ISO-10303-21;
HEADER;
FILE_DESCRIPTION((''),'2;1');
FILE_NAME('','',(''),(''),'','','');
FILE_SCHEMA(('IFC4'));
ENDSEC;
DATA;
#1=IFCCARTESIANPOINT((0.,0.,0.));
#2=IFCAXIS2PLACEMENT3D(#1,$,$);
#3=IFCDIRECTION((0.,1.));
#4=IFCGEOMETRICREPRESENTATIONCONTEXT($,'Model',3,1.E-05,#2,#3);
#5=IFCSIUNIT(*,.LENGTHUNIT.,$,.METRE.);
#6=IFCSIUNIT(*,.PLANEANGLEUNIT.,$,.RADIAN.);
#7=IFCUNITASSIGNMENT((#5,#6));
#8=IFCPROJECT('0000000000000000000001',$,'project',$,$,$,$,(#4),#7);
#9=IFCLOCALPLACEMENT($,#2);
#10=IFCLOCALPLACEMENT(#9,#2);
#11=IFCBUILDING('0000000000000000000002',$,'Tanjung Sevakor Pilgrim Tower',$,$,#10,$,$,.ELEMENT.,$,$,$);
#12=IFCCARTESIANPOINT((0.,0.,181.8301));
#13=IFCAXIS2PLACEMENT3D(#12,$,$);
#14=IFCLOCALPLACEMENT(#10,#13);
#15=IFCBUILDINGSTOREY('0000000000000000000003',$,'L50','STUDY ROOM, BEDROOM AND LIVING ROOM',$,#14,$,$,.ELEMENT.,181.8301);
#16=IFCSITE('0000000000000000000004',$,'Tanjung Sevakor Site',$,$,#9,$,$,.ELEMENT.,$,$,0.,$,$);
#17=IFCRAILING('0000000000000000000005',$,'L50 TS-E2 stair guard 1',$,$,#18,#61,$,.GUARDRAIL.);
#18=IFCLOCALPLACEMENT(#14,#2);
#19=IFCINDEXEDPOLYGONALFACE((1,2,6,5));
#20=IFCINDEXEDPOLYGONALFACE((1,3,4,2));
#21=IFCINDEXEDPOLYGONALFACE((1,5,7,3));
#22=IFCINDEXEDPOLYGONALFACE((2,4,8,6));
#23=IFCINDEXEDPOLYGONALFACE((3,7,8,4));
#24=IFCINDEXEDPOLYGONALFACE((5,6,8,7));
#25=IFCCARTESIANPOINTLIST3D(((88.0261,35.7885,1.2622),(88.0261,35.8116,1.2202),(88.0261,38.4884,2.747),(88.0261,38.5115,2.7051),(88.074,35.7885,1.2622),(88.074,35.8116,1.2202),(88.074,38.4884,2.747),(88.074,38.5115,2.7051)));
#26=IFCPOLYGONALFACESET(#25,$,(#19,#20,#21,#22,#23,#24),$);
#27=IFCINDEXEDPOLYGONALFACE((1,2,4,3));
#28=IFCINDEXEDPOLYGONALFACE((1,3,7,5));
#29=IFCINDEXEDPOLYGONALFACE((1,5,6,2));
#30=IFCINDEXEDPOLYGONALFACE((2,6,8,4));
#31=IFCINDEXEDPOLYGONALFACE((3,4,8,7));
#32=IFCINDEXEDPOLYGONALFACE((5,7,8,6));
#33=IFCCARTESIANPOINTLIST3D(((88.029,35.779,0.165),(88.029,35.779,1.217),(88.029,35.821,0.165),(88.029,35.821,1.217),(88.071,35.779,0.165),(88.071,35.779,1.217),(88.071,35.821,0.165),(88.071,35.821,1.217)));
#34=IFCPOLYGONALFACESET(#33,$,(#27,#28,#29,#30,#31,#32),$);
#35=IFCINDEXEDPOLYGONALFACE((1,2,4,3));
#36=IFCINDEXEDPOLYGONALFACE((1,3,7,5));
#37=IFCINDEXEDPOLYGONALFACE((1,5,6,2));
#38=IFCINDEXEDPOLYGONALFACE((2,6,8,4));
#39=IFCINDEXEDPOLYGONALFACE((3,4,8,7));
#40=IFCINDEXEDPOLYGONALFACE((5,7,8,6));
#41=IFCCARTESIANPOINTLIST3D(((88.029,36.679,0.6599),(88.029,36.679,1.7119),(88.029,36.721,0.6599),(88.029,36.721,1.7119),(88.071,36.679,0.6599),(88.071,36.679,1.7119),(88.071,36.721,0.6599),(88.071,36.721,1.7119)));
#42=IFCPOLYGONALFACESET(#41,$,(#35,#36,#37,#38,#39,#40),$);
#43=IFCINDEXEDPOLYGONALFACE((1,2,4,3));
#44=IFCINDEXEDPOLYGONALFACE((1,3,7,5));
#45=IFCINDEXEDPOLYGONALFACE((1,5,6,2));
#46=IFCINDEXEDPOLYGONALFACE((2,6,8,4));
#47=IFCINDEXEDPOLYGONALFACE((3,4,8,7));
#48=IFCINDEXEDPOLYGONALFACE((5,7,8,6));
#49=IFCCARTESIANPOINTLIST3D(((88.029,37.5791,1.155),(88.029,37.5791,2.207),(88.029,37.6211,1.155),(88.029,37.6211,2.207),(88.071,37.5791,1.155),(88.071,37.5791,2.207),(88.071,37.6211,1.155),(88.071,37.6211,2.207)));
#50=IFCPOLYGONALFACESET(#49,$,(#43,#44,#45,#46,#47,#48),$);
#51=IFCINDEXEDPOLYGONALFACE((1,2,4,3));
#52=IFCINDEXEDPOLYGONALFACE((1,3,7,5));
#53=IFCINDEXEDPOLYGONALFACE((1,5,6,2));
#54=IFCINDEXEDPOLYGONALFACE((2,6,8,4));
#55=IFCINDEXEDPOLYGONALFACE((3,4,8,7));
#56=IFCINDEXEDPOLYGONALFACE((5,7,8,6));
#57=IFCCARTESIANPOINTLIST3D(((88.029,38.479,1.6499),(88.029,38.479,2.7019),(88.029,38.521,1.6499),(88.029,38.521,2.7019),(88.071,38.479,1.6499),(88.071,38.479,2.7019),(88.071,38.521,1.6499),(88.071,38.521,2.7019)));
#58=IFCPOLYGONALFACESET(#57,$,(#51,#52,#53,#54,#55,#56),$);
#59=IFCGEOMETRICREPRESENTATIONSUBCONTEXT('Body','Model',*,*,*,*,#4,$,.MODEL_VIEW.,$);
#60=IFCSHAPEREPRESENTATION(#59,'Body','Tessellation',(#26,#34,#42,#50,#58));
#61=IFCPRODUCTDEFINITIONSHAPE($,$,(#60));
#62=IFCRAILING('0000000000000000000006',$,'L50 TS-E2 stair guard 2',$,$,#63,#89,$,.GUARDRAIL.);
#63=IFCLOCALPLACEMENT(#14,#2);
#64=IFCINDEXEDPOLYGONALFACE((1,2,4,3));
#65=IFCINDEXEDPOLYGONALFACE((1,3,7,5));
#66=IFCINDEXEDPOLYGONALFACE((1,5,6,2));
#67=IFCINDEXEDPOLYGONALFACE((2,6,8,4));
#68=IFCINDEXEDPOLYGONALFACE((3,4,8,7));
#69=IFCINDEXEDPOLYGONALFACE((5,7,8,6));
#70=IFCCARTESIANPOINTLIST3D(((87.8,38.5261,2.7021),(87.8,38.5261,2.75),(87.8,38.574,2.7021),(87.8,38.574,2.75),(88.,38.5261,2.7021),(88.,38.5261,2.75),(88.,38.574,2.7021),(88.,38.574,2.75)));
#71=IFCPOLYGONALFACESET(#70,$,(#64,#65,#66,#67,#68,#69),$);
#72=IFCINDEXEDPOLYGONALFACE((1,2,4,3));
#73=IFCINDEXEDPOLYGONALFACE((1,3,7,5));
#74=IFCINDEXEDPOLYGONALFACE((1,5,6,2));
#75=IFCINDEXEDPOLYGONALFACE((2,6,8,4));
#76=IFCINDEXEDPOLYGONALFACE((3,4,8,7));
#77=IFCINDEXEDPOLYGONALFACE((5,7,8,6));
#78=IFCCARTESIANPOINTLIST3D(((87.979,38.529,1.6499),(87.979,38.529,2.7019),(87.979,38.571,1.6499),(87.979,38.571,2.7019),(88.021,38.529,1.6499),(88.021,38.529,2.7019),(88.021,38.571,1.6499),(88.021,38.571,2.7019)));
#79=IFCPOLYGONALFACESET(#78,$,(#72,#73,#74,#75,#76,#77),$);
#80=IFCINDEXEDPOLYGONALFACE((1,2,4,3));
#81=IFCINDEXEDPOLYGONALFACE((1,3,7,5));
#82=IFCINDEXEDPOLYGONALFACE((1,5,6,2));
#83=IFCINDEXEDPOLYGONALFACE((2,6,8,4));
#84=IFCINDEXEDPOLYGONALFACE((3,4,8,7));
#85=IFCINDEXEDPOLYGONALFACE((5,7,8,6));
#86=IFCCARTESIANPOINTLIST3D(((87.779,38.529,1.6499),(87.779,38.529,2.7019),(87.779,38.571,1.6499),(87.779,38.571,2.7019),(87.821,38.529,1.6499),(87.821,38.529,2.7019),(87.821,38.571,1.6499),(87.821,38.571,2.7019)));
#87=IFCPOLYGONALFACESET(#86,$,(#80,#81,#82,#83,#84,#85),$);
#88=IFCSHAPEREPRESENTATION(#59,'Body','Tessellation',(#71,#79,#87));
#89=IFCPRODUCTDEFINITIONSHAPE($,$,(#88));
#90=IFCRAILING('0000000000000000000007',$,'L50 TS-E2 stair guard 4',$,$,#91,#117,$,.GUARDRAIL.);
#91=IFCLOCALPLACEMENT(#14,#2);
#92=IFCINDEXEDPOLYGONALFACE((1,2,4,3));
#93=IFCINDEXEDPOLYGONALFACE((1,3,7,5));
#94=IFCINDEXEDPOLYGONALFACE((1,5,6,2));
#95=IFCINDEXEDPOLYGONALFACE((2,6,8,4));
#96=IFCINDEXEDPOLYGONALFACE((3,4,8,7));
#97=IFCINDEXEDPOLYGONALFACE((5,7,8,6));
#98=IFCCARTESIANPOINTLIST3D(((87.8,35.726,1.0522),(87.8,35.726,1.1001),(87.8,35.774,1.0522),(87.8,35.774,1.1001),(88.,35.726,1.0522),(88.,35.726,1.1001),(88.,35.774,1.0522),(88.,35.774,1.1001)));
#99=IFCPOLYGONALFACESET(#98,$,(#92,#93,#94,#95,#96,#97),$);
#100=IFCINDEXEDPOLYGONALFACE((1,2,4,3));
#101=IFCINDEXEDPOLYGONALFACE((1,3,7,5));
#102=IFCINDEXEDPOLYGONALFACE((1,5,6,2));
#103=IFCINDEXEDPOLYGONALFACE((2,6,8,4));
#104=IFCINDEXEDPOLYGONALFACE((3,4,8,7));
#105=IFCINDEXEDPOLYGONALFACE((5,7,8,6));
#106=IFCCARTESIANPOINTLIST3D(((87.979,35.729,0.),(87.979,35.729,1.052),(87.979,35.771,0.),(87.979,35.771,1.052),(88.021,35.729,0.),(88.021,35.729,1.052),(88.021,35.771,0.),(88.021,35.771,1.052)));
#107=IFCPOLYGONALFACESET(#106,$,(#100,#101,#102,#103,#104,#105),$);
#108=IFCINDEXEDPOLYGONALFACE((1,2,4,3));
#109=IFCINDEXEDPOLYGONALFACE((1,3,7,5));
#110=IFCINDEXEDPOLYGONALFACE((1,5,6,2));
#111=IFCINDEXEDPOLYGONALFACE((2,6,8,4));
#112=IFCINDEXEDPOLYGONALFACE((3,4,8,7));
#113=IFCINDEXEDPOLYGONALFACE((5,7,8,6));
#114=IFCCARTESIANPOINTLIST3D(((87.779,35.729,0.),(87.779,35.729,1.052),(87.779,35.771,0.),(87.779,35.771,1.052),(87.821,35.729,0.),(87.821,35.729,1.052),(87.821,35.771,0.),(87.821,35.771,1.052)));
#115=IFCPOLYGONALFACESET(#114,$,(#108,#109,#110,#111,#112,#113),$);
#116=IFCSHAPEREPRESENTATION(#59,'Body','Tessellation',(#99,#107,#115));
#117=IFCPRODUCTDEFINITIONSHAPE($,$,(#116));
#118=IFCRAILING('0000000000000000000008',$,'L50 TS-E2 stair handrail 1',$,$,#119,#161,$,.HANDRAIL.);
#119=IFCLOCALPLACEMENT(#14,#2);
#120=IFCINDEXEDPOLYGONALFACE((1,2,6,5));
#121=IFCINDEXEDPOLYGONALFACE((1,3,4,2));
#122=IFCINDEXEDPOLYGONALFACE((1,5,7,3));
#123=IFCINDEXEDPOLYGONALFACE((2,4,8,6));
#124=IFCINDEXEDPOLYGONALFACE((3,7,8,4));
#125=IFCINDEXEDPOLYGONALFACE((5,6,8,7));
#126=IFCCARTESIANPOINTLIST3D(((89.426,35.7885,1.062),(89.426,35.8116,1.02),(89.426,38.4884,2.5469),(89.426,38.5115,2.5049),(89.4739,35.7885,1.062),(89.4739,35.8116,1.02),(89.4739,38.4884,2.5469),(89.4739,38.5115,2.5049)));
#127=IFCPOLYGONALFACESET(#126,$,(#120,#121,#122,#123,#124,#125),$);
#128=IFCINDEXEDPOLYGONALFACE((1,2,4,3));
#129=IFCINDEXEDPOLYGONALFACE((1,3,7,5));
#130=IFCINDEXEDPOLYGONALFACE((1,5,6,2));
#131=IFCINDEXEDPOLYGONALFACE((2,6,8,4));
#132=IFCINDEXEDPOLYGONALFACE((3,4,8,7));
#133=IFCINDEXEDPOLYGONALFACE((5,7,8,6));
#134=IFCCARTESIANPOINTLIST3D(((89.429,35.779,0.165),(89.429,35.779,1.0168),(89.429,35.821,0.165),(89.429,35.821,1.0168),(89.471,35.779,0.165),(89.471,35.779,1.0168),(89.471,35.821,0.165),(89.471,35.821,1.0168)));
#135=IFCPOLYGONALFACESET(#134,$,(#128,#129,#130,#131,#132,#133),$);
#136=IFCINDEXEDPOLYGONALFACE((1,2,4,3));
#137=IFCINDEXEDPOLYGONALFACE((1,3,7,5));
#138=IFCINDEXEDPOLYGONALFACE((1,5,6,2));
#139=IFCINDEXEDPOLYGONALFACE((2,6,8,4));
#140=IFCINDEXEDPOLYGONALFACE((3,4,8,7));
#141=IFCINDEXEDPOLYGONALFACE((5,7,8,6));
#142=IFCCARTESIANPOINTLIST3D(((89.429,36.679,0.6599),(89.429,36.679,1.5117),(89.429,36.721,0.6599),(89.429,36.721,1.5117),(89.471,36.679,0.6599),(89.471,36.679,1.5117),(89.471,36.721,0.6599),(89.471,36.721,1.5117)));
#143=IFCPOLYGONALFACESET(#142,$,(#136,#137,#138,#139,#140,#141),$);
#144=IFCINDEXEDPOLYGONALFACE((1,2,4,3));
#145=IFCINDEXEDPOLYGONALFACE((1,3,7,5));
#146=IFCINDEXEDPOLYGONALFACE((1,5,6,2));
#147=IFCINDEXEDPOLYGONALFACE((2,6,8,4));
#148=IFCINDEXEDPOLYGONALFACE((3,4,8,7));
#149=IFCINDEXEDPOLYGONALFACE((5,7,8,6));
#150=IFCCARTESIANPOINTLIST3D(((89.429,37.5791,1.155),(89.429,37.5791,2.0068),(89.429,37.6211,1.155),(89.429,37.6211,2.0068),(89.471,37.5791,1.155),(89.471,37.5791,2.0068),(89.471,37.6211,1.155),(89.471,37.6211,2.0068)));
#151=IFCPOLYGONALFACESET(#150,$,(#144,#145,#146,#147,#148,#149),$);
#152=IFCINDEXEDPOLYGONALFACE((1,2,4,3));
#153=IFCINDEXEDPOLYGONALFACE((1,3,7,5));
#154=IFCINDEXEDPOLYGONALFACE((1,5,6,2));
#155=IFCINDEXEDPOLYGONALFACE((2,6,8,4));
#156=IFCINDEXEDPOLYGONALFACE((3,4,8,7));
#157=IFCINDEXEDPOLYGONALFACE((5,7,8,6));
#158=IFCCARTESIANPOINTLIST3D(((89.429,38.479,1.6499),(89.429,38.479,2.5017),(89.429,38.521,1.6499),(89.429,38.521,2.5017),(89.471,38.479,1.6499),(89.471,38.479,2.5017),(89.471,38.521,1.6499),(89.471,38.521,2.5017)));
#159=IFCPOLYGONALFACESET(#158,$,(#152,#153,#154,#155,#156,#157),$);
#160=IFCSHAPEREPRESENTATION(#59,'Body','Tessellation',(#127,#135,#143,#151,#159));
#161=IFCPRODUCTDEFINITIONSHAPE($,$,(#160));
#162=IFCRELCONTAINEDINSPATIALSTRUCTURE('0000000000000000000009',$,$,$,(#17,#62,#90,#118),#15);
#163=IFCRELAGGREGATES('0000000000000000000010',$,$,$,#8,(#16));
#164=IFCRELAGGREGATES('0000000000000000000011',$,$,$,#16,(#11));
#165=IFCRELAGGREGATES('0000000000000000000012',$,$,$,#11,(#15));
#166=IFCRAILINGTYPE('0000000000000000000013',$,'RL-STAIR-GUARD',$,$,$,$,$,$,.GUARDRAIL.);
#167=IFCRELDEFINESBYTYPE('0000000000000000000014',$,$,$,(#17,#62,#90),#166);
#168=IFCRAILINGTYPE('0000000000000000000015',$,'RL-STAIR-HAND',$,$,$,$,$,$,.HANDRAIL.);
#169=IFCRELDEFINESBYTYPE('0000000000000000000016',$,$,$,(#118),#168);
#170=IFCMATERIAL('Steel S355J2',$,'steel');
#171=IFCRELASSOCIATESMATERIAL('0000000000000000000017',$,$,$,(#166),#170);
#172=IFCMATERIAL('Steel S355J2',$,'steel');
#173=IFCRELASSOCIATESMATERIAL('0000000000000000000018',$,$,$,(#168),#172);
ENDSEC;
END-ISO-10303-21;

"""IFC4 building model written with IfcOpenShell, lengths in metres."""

from ifc_helpers import new_model, si_unit, direction, frame, origin, place, context, subcontext, project, spatial, rectangle, extrude, material, type_object, element, save


model = new_model("IFC4")

# Units and contexts
model_context = context("Model", 3, precision=1e-05, world=origin(), true_north=direction((0.0, 1.0)))
body_context = subcontext(model_context, "Body", "Model", "MODEL_VIEW")
ifc_project = project(units=[si_unit("LENGTHUNIT", "METRE"), si_unit("PLANEANGLEUNIT", "RADIAN")], contexts=[model_context])

# Site, building, storey
site_placement = place(None, origin())
site = spatial("IfcSite", under=ifc_project, at=site_placement, Name="Tanjung Sevakor Site", CompositionType="ELEMENT", RefElevation=0.0)
building_placement = place(site_placement, origin())
building = spatial("IfcBuilding", under=site, at=building_placement, Name="Tanjung Sevakor Pilgrim Tower", CompositionType="ELEMENT")
storey_placement = place(building_placement, frame((0.0, 0.0, 181.8301)))
storey = spatial("IfcBuildingStorey", under=building, at=storey_placement, Name="L50", Description="STUDY ROOM, BEDROOM AND LIVING ROOM", CompositionType="ELEMENT", Elevation=181.8301)

# Railings
ifc_material_1 = material(Name="Steel S355J2", Category="steel")
railing_type_1 = type_object("IfcRailingType", Name="RL-STAIR-GUARD", PredefinedType="GUARDRAIL", material=ifc_material_1)
railing_1_placement = place(storey_placement, frame((88.05, 35.8, 0.165)))
element("IfcRailing", 1, at=railing_1_placement, inside=storey, type_object=railing_type_1, Name="L50 TS-E2 stair guard 1", PredefinedType="GUARDRAIL", context=body_context, shape_type="SweptSolid", body=[
    extrude(rectangle(XDim=0.0479, YDim=0.0479), frame((0.0, 0.0, 1.0762), z_axis=(0.0, 0.876231, 0.481891), x_axis=(-1.0, 0.0, 0.0)), (0.0, 0.0, 1.0), 3.0813),
    extrude(rectangle(XDim=0.042, YDim=0.042), origin(), (0.0, 0.0, 1.0), 1.052),
    extrude(rectangle(XDim=0.042, YDim=0.042), frame((0.0, 0.8999, 0.4949)), (0.0, 0.0, 1.0), 1.052),
    extrude(rectangle(XDim=0.042, YDim=0.042), frame((0.0, 1.8, 0.99)), (0.0, 0.0, 1.0), 1.052),
    extrude(rectangle(XDim=0.042, YDim=0.042), frame((0.0, 2.7, 1.4849)), (0.0, 0.0, 1.0), 1.052),
])
for number, where, name in (
    (2, (88.0, 38.55, 1.6499), "L50 TS-E2 stair guard 2"),
    (3, (88.0, 35.75, 0.0), "L50 TS-E2 stair guard 4"),
):
    element("IfcRailing", number, at=place(storey_placement, frame(where)), inside=storey, type_object=railing_type_1, Name=name, PredefinedType="GUARDRAIL", context=body_context, shape_type="SweptSolid", body=[
        extrude(rectangle(XDim=0.0479, YDim=0.0479), frame((0.0, 0.0, 1.0762), z_axis=(-1.0, 0.0, 0.0), x_axis=(0.0, -1.0, 0.0)), (0.0, 0.0, 1.0), 0.2),
        extrude(rectangle(XDim=0.042, YDim=0.042), origin(), (0.0, 0.0, 1.0), 1.052),
        extrude(rectangle(XDim=0.042, YDim=0.042), frame((-0.2, 0.0, 0.0)), (0.0, 0.0, 1.0), 1.052),
    ])
ifc_material_2 = material(Name="Steel S355J2", Category="steel")
railing_type_2 = type_object("IfcRailingType", Name="RL-STAIR-HAND", PredefinedType="HANDRAIL", material=ifc_material_2)
railing_2_placement = place(storey_placement, frame((89.45, 35.8, 0.165)))
element("IfcRailing", 4, at=railing_2_placement, inside=storey, type_object=railing_type_2, Name="L50 TS-E2 stair handrail 1", PredefinedType="HANDRAIL", context=body_context, shape_type="SweptSolid", body=[
    extrude(rectangle(XDim=0.0479, YDim=0.0479), frame((0.0, 0.0, 0.876), z_axis=(0.0, 0.876231, 0.481891), x_axis=(-1.0, 0.0, 0.0)), (0.0, 0.0, 1.0), 3.0813),
    extrude(rectangle(XDim=0.042, YDim=0.042), origin(), (0.0, 0.0, 1.0), 0.8518),
    extrude(rectangle(XDim=0.042, YDim=0.042), frame((0.0, 0.8999, 0.4949)), (0.0, 0.0, 1.0), 0.8518),
    extrude(rectangle(XDim=0.042, YDim=0.042), frame((0.0, 1.8, 0.99)), (0.0, 0.0, 1.0), 0.8518),
    extrude(rectangle(XDim=0.042, YDim=0.042), frame((0.0, 2.7, 1.4849)), (0.0, 0.0, 1.0), 0.8518),
])

save(model, "model.ifc")
